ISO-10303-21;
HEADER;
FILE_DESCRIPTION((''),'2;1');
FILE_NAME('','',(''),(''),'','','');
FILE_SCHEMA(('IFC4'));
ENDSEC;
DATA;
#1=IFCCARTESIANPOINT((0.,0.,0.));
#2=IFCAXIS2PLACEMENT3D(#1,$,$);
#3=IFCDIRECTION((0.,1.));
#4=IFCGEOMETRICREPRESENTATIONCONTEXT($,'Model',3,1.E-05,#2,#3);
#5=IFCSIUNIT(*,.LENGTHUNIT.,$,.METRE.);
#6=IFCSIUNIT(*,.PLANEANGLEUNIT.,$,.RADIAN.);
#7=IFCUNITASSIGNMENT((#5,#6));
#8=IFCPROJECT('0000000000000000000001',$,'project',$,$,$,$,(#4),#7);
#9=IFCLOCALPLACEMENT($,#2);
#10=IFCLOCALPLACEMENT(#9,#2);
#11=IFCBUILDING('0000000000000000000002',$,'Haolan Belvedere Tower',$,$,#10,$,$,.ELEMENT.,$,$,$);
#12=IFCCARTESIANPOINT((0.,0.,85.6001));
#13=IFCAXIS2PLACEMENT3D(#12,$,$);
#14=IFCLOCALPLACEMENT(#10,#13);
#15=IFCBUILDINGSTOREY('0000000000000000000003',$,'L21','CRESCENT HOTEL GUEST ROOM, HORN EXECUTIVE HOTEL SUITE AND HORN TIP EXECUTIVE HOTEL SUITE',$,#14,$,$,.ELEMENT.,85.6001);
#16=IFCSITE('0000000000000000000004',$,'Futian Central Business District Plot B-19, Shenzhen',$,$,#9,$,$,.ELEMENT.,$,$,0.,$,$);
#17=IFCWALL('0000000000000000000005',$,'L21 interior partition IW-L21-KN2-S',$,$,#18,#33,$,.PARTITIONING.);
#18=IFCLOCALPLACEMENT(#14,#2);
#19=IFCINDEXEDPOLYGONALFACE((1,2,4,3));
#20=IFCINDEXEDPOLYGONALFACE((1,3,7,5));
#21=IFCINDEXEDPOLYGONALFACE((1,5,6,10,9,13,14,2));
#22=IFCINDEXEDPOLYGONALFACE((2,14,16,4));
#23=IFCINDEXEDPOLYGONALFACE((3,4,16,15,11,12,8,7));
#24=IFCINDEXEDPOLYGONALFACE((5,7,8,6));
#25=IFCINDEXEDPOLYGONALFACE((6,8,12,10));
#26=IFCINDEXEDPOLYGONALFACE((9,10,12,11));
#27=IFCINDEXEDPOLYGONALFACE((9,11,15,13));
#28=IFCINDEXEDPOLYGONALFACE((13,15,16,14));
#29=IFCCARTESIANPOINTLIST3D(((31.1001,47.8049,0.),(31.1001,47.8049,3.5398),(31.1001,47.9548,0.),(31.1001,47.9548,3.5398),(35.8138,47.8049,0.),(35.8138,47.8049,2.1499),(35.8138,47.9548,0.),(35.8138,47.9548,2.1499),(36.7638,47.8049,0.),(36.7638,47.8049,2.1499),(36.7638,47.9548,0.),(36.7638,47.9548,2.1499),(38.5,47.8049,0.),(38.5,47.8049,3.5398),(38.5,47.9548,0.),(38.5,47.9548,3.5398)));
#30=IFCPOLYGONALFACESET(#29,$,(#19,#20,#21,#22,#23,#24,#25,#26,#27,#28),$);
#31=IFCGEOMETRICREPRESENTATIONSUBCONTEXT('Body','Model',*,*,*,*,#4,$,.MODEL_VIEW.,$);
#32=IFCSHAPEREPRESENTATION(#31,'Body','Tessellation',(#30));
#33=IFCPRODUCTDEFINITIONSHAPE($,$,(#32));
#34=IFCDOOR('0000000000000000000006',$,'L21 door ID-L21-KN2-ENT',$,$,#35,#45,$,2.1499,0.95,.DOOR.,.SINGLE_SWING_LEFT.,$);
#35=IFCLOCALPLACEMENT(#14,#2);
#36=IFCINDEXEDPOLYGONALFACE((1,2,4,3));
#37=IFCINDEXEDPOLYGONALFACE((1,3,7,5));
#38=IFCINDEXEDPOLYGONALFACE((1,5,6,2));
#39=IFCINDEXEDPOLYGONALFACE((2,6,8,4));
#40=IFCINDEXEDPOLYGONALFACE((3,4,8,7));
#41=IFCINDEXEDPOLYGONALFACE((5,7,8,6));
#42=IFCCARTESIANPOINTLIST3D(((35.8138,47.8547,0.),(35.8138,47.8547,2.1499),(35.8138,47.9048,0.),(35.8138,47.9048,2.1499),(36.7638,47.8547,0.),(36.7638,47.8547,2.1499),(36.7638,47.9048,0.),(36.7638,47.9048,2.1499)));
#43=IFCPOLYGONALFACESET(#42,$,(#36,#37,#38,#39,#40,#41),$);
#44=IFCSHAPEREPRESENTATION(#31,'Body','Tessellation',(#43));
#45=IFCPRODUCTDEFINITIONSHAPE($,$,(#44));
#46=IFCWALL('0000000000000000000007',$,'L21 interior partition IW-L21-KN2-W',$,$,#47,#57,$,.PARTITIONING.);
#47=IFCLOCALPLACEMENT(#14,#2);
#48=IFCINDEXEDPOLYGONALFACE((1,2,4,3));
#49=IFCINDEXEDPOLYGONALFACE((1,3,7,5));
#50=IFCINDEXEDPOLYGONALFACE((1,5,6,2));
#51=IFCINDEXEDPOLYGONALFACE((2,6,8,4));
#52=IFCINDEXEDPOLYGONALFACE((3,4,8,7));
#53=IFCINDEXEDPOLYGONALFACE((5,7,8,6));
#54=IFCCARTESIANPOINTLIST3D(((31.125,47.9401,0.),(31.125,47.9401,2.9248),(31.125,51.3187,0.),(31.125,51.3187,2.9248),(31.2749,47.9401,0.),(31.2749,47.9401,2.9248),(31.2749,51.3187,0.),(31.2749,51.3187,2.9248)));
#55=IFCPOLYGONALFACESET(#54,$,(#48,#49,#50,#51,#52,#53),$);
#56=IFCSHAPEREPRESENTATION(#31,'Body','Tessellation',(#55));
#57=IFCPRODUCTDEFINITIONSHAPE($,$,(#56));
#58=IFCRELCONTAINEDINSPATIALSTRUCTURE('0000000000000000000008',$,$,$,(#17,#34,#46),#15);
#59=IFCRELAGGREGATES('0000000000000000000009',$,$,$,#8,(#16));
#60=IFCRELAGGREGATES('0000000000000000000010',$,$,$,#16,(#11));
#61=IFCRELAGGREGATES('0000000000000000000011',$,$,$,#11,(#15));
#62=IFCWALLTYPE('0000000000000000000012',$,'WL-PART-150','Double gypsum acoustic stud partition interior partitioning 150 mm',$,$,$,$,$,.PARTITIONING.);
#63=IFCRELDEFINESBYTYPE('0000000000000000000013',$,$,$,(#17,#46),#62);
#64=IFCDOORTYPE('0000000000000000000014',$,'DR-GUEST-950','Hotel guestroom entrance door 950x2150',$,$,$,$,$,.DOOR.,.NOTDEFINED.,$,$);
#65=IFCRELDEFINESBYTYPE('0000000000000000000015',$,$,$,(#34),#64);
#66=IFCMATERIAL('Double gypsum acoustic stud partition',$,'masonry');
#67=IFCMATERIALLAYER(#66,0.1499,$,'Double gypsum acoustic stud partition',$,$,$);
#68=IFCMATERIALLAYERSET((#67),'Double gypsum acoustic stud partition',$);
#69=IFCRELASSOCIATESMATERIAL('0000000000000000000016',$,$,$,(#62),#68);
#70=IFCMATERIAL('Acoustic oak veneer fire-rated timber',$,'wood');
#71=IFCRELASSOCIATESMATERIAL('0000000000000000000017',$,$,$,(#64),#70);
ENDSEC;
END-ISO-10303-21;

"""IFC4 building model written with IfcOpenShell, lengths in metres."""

from ifc_helpers import new_model, si_unit, direction, frame, frame_2d, origin, place, context, subcontext, project, spatial, rectangle, extrude, material, layer, layer_set, type_object, element, fill, save


model = new_model("IFC4")

# Units and contexts
model_context = context("Model", 3, precision=1e-05, world=origin(), true_north=direction((0.0, 1.0)))
body_context = subcontext(model_context, "Body", "Model", "MODEL_VIEW")
ifc_project = project(units=[si_unit("LENGTHUNIT", "METRE"), si_unit("PLANEANGLEUNIT", "RADIAN")], contexts=[model_context])

# Site, building, storey
site_placement = place(None, origin())
site = spatial("IfcSite", under=ifc_project, at=site_placement, Name="Futian Central Business District Plot B-19, Shenzhen", CompositionType="ELEMENT", RefElevation=0.0)
building_placement = place(site_placement, origin())
building = spatial("IfcBuilding", under=site, at=building_placement, Name="Haolan Belvedere Tower", CompositionType="ELEMENT")
storey_placement = place(building_placement, frame((0.0, 0.0, 85.6001)))
storey = spatial("IfcBuildingStorey", under=building, at=storey_placement, Name="L21", Description="CRESCENT HOTEL GUEST ROOM, HORN EXECUTIVE HOTEL SUITE AND HORN TIP EXECUTIVE HOTEL SUITE", CompositionType="ELEMENT", Elevation=85.6001)

# Shared definitions
ifc_material_1 = material(Name="Double gypsum acoustic stud partition", Category="masonry")
ifc_layer_1 = layer(ifc_material_1, 0.1499, Name="Double gypsum acoustic stud partition")
ifc_layer_set_1 = layer_set([ifc_layer_1], Name="Double gypsum acoustic stud partition")
wall_type_1 = type_object("IfcWallType", Name="WL-PART-150", Description="Double gypsum acoustic stud partition interior partitioning 150 mm", PredefinedType="PARTITIONING", material=ifc_layer_set_1)

# Wall, opening, door
wall_1_placement = place(storey_placement, frame((31.1001, 47.8799, 0.0), z_axis=(0.0, 0.0, 1.0), x_axis=(1.0, 0.0, 0.0)))
wall_1 = element("IfcWall", 1, at=wall_1_placement, inside=storey, type_object=wall_type_1, Name="L21 interior partition IW-L21-KN2-S", PredefinedType="PARTITIONING", context=body_context, shape_type="SweptSolid", body=[
    extrude(rectangle(XDim=7.3999, YDim=0.1499, at=frame_2d((3.7, 0.0))), origin(), (0.0, 0.0, 1.0), 3.5398),
])
opening_1_placement = place(wall_1_placement, frame((4.7136, 0.0, 0.0)))
opening_1 = element("IfcOpeningElement", 2, at=opening_1_placement, cuts=wall_1, PredefinedType="OPENING", context=body_context, shape_type="SweptSolid", body=[
    extrude(rectangle(XDim=0.95, YDim=2.1499, at=frame_2d((0.4751, 1.075))), frame((0.0, 0.085, 0.0), z_axis=(0.0, -1.0, 0.0), x_axis=(1.0, 0.0, 0.0)), (0.0, 0.0, 1.0), 0.1699),
])
ifc_material_2 = material(Name="Acoustic oak veneer fire-rated timber", Category="wood")
door_type_1 = type_object("IfcDoorType", Name="DR-GUEST-950", Description="Hotel guestroom entrance door 950x2150", OperationType="NOTDEFINED", PredefinedType="DOOR", material=ifc_material_2)
door_1_placement = place(opening_1_placement, origin())
door_1 = element("IfcDoor", 3, at=door_1_placement, inside=storey, type_object=door_type_1, Name="L21 door ID-L21-KN2-ENT", OperationType="SINGLE_SWING_LEFT", OverallHeight=2.1499, OverallWidth=0.95, PredefinedType="DOOR", context=body_context, shape_type="SweptSolid", body=[
    extrude(rectangle(XDim=0.95, YDim=2.1499, at=frame_2d((0.4751, 1.075))), frame((0.0, 0.0249, 0.0), z_axis=(0.0, -1.0, 0.0), x_axis=(1.0, 0.0, 0.0)), (0.0, 0.0, 1.0), 0.05),
])
fill(opening_1, door_1)

# Wall
wall_2_placement = place(storey_placement, frame((31.2, 47.9399, 0.0), z_axis=(0.0, 0.0, 1.0), x_axis=(0.0, 1.0, 0.0)))
element("IfcWall", 4, at=wall_2_placement, inside=storey, type_object=wall_type_1, Name="L21 interior partition IW-L21-KN2-W", PredefinedType="PARTITIONING", context=body_context, shape_type="SweptSolid", body=[
    extrude(rectangle(XDim=3.3787, YDim=0.1499, at=frame_2d((1.6895, 0.0))), origin(), (0.0, 0.0, 1.0), 2.9248),
])

save(model, "model.ifc")
